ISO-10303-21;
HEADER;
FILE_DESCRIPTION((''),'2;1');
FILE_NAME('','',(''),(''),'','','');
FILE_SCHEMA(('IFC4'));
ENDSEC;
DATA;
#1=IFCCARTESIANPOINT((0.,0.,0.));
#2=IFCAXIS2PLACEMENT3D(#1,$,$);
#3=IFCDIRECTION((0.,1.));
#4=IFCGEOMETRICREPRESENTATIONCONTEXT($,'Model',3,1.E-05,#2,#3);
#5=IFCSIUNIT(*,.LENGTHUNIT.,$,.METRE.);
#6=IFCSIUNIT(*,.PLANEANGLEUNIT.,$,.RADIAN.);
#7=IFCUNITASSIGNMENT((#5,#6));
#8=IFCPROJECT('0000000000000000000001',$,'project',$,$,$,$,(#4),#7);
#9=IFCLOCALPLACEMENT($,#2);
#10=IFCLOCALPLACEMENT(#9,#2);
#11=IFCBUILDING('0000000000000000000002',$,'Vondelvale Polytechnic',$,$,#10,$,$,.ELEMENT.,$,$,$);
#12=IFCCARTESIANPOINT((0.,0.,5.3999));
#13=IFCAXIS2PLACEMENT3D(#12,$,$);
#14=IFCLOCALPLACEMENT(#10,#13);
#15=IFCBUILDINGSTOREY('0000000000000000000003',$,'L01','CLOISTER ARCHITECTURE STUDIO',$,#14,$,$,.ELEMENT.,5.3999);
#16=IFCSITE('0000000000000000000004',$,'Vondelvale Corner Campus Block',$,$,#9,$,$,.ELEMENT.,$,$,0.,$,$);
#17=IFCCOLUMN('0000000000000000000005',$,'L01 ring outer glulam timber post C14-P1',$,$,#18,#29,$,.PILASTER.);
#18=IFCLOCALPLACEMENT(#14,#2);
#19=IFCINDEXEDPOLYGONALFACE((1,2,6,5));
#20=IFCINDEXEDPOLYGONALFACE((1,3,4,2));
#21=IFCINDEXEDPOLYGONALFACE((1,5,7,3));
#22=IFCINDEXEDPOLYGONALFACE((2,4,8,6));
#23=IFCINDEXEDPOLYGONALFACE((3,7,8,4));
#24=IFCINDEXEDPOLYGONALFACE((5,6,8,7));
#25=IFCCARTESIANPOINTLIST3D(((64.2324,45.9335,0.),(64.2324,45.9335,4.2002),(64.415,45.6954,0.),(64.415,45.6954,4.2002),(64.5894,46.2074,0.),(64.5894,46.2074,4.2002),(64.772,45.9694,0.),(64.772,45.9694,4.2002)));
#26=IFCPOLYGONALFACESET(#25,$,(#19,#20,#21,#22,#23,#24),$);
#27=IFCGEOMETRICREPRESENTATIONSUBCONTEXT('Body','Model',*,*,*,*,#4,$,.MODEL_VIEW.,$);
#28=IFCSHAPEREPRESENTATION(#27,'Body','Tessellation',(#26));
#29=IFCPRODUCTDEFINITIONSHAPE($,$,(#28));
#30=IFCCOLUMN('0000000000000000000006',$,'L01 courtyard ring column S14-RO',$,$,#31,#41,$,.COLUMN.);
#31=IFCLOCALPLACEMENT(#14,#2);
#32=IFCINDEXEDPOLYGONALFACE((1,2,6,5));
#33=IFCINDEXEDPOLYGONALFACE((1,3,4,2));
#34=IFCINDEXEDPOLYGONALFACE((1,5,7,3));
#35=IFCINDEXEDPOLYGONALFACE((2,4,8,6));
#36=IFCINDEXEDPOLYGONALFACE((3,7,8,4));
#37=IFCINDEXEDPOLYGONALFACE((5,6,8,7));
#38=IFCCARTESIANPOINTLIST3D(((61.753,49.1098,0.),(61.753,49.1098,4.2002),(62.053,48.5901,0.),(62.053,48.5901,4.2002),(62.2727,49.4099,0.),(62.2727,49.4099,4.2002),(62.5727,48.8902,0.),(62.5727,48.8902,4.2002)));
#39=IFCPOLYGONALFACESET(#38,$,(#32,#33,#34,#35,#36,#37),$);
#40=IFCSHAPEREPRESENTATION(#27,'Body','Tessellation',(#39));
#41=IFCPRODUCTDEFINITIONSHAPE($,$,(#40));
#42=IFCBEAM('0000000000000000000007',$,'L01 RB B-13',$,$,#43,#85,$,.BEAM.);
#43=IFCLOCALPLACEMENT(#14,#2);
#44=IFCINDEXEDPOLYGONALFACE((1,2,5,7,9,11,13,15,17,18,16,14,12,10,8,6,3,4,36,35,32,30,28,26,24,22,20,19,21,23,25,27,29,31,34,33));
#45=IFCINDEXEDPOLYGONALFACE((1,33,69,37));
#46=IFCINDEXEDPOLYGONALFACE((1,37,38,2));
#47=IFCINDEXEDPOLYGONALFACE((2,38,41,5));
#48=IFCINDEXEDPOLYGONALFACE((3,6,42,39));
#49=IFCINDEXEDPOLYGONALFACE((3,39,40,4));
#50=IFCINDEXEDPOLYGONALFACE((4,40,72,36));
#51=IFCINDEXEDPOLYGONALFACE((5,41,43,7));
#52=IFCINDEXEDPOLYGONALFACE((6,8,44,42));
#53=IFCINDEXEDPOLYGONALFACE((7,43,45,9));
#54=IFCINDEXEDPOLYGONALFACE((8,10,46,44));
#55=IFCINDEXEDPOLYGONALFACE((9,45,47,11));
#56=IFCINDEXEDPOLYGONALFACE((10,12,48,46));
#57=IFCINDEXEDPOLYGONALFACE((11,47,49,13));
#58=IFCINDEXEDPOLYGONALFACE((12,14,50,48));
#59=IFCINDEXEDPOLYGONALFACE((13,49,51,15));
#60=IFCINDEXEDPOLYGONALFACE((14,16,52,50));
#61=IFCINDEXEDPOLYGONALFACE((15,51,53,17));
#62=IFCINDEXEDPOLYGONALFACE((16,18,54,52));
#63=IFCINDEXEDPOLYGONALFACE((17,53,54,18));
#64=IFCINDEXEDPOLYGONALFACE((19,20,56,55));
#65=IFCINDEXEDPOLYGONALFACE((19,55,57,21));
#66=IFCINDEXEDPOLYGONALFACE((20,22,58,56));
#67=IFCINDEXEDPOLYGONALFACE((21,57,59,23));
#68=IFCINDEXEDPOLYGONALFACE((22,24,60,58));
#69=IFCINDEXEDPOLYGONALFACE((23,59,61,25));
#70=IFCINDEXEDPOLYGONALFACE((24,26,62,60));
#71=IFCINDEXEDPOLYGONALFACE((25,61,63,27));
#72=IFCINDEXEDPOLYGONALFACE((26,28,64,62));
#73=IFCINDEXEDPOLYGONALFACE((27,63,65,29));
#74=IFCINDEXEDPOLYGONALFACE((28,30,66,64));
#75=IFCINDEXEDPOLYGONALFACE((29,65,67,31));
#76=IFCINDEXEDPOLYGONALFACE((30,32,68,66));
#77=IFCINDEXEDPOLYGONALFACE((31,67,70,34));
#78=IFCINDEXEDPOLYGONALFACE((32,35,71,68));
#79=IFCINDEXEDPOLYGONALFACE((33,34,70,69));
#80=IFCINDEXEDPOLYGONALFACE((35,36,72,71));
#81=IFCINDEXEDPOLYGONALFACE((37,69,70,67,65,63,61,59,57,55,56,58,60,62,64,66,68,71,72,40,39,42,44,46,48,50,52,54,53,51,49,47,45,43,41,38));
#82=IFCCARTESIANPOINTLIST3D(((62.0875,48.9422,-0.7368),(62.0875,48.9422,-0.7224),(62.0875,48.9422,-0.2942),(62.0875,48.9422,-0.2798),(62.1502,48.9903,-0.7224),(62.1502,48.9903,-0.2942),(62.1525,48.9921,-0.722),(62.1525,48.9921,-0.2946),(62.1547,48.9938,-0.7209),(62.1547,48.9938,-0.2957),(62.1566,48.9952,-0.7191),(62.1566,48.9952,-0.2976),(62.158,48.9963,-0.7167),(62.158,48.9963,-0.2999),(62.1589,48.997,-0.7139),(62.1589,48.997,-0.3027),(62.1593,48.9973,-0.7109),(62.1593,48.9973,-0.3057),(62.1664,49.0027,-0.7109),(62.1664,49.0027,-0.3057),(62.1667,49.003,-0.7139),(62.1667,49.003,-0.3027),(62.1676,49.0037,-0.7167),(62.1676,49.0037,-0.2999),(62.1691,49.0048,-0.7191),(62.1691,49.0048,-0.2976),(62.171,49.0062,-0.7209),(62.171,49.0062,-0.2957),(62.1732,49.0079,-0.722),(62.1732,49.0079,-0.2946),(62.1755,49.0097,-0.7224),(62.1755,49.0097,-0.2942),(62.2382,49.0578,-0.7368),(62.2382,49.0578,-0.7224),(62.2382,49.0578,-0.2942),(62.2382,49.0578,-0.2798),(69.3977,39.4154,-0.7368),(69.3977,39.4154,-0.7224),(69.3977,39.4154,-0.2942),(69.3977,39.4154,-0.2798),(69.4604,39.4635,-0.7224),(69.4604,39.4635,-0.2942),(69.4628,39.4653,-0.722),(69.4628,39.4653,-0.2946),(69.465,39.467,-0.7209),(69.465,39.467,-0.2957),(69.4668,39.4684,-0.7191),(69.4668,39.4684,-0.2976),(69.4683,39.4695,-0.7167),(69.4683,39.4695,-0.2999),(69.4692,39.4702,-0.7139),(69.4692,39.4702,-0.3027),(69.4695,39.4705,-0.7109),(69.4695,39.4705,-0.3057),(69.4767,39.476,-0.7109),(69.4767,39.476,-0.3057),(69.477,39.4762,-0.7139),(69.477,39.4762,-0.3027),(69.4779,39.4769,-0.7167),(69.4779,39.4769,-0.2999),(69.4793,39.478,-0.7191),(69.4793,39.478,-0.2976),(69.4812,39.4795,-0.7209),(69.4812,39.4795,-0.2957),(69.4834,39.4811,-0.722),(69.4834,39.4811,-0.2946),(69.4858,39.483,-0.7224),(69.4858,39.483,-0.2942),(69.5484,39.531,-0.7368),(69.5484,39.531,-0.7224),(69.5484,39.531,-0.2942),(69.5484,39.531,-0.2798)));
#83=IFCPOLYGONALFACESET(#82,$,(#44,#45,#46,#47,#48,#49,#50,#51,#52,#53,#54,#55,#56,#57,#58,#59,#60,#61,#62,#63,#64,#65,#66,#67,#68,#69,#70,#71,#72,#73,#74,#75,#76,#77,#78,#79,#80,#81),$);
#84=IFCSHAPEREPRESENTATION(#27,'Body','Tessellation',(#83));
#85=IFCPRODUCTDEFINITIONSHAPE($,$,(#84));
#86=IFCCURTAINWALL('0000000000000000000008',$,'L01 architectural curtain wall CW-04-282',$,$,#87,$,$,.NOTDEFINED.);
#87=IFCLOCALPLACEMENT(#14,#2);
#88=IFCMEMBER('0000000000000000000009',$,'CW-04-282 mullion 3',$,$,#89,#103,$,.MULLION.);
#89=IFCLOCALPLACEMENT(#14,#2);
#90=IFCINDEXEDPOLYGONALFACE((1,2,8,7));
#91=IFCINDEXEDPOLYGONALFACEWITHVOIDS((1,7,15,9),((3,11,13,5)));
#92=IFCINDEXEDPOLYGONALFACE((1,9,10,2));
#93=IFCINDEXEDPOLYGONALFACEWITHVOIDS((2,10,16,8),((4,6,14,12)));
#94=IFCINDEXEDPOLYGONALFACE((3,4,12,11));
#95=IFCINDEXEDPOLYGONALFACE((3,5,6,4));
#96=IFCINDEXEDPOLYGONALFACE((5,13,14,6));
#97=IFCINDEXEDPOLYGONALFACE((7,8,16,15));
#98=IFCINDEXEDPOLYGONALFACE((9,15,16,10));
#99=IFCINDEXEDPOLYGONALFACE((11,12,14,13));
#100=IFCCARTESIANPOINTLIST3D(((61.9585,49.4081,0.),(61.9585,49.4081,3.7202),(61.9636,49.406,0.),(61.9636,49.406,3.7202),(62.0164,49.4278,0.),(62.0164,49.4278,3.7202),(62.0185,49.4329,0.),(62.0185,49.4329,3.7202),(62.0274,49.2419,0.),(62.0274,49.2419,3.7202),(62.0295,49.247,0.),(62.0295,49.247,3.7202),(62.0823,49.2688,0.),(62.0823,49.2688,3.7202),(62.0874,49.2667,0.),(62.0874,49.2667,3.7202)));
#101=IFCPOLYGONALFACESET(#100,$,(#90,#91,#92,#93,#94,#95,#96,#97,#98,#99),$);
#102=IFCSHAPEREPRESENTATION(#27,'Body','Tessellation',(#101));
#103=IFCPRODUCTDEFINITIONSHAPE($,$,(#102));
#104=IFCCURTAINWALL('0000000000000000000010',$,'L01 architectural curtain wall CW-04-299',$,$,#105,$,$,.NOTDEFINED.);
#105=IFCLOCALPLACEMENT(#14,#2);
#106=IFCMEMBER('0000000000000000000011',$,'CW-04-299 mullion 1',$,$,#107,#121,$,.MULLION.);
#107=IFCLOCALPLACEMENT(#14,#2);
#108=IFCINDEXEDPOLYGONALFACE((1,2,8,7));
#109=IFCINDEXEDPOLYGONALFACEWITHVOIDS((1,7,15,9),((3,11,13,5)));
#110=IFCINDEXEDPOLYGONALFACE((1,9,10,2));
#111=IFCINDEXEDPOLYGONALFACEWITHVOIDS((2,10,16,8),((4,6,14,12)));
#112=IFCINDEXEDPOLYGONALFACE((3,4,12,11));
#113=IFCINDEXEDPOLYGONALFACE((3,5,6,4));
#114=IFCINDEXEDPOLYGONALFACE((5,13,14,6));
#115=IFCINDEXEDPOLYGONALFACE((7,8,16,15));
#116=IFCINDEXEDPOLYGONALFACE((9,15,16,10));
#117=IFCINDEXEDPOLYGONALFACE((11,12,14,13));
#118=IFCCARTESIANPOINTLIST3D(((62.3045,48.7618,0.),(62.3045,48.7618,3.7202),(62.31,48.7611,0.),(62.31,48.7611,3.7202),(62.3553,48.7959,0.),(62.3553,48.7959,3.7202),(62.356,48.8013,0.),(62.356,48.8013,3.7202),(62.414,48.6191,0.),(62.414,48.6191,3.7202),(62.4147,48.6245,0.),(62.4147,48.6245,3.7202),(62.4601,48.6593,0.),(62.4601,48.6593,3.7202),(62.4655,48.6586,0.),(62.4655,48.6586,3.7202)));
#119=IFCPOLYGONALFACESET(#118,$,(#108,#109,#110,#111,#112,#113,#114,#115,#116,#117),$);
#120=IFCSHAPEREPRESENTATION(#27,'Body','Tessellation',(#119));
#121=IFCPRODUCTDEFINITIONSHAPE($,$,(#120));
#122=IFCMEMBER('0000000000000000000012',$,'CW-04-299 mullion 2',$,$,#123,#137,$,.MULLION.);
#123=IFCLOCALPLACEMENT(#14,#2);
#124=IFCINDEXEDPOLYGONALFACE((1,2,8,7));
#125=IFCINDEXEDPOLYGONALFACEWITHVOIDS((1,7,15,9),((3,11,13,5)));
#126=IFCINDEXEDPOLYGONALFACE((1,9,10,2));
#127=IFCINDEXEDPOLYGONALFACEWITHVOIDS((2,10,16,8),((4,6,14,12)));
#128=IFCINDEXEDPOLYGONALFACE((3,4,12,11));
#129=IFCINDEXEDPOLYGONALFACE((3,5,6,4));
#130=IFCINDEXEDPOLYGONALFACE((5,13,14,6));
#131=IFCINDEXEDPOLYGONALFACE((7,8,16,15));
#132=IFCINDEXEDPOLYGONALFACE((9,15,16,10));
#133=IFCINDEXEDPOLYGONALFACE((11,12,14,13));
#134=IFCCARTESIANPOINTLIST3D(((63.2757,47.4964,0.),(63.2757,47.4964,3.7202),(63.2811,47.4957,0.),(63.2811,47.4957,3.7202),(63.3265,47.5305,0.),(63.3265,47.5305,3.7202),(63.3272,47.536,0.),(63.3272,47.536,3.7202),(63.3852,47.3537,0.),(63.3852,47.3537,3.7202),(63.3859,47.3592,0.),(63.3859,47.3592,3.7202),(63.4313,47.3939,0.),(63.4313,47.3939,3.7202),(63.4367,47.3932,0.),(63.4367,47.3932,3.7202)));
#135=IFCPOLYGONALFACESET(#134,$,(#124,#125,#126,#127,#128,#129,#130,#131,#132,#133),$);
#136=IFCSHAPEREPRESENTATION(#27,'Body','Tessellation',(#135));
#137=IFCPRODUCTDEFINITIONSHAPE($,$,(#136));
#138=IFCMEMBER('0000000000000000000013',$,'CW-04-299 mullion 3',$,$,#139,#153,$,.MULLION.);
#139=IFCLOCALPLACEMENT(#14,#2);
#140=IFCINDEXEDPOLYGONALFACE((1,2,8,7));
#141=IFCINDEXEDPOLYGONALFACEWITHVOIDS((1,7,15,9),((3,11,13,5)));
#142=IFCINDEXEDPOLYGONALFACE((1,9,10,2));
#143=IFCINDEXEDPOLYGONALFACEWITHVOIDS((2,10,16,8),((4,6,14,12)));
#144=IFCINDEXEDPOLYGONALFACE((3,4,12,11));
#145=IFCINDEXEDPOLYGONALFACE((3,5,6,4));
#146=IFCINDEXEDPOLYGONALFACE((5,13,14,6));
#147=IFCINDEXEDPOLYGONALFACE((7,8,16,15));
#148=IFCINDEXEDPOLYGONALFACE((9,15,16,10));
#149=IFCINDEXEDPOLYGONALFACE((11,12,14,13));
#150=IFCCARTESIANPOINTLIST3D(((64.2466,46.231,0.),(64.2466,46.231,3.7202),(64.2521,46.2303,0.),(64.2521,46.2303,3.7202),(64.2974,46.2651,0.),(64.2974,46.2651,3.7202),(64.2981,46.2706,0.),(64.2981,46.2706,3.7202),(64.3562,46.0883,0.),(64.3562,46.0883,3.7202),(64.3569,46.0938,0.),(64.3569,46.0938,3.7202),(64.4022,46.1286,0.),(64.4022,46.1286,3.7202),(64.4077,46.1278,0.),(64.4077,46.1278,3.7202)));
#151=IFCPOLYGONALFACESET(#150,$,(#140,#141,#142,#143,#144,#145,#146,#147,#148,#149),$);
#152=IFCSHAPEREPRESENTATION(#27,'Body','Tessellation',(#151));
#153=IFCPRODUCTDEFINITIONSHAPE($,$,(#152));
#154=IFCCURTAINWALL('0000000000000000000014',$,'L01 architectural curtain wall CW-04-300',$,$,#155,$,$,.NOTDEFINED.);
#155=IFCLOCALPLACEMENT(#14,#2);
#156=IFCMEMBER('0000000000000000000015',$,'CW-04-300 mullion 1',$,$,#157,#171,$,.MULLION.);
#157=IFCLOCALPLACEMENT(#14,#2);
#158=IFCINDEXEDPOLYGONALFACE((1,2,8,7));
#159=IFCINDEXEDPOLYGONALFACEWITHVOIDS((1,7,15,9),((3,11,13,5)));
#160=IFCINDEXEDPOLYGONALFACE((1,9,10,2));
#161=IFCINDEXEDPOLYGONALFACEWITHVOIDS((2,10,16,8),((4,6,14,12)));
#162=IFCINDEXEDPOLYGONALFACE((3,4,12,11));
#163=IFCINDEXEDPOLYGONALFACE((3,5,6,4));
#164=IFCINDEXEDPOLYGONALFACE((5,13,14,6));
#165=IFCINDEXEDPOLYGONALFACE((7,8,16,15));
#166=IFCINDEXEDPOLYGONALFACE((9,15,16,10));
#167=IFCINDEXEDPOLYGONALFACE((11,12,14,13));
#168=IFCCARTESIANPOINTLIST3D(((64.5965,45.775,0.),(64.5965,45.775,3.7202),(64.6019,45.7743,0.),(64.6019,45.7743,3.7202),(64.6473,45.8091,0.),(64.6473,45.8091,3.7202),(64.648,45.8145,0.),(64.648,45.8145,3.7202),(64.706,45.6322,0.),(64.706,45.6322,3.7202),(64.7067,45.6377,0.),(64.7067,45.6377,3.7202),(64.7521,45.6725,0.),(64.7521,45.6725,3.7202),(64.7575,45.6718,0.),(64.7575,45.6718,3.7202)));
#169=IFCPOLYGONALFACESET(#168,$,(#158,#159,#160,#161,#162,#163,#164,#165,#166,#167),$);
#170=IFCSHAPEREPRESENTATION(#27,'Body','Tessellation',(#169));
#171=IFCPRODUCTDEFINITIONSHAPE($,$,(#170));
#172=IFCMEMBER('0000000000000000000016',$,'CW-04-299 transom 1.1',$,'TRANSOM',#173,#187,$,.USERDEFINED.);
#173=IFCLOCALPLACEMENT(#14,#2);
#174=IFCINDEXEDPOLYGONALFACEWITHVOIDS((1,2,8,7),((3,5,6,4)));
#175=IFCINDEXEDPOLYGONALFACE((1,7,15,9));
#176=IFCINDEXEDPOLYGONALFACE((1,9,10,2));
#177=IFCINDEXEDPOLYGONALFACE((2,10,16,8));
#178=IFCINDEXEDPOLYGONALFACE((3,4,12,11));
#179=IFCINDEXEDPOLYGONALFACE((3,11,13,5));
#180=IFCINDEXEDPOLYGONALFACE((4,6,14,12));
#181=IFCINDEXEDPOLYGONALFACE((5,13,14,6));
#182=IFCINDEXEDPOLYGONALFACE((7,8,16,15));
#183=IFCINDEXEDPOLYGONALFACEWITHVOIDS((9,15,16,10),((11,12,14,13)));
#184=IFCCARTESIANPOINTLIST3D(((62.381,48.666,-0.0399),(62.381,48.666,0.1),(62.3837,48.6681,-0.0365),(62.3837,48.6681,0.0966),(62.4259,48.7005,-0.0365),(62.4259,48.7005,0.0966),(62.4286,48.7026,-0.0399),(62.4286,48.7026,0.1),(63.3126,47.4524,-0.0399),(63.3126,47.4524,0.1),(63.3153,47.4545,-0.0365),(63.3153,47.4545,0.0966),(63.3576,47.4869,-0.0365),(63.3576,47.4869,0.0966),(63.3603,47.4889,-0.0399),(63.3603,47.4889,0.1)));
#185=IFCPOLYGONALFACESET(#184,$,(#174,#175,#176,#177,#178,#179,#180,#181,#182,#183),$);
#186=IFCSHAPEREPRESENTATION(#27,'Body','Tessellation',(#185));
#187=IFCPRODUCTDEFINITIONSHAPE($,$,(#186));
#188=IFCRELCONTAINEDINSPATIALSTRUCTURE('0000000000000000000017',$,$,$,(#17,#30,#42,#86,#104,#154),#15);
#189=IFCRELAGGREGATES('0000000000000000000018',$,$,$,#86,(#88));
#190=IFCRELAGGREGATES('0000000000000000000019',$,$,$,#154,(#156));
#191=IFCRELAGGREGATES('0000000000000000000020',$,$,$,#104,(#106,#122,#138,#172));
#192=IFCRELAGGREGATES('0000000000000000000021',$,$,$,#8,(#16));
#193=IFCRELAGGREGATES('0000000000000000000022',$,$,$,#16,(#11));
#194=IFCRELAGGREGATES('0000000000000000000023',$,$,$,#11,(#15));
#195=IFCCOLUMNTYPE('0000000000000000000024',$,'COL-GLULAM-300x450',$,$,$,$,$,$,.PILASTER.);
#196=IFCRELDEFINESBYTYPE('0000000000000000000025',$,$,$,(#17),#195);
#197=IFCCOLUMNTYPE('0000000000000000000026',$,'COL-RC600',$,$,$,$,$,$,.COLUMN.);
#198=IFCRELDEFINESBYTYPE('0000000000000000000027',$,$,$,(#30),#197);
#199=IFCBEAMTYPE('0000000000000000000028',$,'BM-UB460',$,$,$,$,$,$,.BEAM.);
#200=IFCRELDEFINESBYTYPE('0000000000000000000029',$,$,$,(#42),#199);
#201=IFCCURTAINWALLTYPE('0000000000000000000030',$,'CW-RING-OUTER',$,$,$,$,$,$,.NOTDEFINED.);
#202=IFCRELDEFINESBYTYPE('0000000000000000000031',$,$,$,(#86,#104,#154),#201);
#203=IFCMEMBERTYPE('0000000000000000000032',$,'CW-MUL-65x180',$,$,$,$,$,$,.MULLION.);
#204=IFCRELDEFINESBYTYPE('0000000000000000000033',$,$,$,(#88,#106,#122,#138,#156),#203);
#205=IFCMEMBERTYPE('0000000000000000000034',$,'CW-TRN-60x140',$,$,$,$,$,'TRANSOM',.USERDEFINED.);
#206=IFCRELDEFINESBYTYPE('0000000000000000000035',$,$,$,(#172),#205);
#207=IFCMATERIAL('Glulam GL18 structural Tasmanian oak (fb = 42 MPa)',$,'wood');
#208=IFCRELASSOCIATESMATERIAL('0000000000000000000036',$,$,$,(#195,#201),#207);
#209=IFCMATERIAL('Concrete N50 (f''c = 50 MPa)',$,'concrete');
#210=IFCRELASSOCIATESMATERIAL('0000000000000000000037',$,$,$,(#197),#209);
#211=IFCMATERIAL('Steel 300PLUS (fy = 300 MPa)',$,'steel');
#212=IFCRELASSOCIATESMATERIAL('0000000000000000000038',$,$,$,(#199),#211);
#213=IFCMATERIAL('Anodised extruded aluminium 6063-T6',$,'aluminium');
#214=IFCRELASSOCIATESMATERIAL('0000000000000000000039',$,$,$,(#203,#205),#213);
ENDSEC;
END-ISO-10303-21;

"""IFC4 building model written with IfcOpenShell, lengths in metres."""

from ifc_helpers import new_model, si_unit, direction, frame, origin, origin_2d, place, context, subcontext, project, spatial, rectangle, hollow_rectangle, i_section, extrude, material, material_profile, profile_set, type_object, element, aggregate, save


model = new_model("IFC4")

# Units and contexts
model_context = context("Model", 3, precision=1e-05, world=origin(), true_north=direction((0.0, 1.0)))
body_context = subcontext(model_context, "Body", "Model", "MODEL_VIEW")
ifc_project = project(units=[si_unit("LENGTHUNIT", "METRE"), si_unit("PLANEANGLEUNIT", "RADIAN")], contexts=[model_context])

# Site, building, storey
site_placement = place(None, origin())
site = spatial("IfcSite", under=ifc_project, at=site_placement, Name="Vondelvale Corner Campus Block", CompositionType="ELEMENT", RefElevation=0.0)
building_placement = place(site_placement, origin())
building = spatial("IfcBuilding", under=site, at=building_placement, Name="Vondelvale Polytechnic", CompositionType="ELEMENT")
storey_placement = place(building_placement, frame((0.0, 0.0, 5.3999)))
storey = spatial("IfcBuildingStorey", under=building, at=storey_placement, Name="L01", Description="CLOISTER ARCHITECTURE STUDIO", CompositionType="ELEMENT", Elevation=5.3999)

# Columns
ifc_material_1 = material(Name="Glulam GL18 structural Tasmanian oak (fb = 42 MPa)", Category="wood")
ifc_material_profile_1 = material_profile(ifc_material_1, rectangle(XDim=0.3, YDim=0.45, at=origin_2d()), Name="GL-POST-300x450")
ifc_profile_set_1 = profile_set([ifc_material_profile_1], Name="Glulam GL18 structural Tasmanian oak (fb = 42 MPa)")
column_type_1 = type_object("IfcColumnType", Name="COL-GLULAM-300x450", PredefinedType="PILASTER", material=ifc_profile_set_1)
column_1_placement = place(storey_placement, frame((64.5022, 45.9514, 0.0), z_axis=(0.0, 0.0, 1.0), x_axis=(-0.608761, 0.793353, 0.0)))
element("IfcColumn", 1, at=column_1_placement, inside=storey, type_object=column_type_1, Name="L01 ring outer glulam timber post C14-P1", PredefinedType="PILASTER", context=body_context, shape_type="SweptSolid", body=[
    extrude(rectangle(XDim=0.3, YDim=0.45, at=origin_2d()), origin(), (0.0, 0.0, 1.0), 4.2002),
])
ifc_material_2 = material(Name="Concrete N50 (f'c = 50 MPa)", Category="concrete")
ifc_material_profile_2 = material_profile(ifc_material_2, rectangle(XDim=0.6001, YDim=0.6001, at=origin_2d()), Name="RC-COL-600x600")
ifc_profile_set_2 = profile_set([ifc_material_profile_2], Name="Concrete N50 (f'c = 50 MPa)")
column_type_2 = type_object("IfcColumnType", Name="COL-RC600", PredefinedType="COLUMN", material=ifc_profile_set_2)
column_2_placement = place(storey_placement, frame((62.1628, 49.0, 0.0), z_axis=(0.0, 0.0, 1.0), x_axis=(0.866025, 0.5, 0.0)))
element("IfcColumn", 2, at=column_2_placement, inside=storey, type_object=column_type_2, Name="L01 courtyard ring column S14-RO", PredefinedType="COLUMN", context=body_context, shape_type="SweptSolid", body=[
    extrude(rectangle(XDim=0.6001, YDim=0.6001, at=origin_2d()), origin(), (0.0, 0.0, 1.0), 4.2002),
])

# Beam
ifc_material_3 = material(Name="Steel 300PLUS (fy = 300 MPa)", Category="steel")
ifc_material_profile_3 = material_profile(ifc_material_3, i_section(OverallWidth=0.1899, OverallDepth=0.457, WebThickness=0.009, FlangeThickness=0.0144, FilletRadius=0.0115, at=origin_2d()), Name="460UB74.6")
ifc_profile_set_3 = profile_set([ifc_material_profile_3], Name="Steel 300PLUS (fy = 300 MPa)")
beam_type = type_object("IfcBeamType", Name="BM-UB460", PredefinedType="BEAM", material=ifc_profile_set_3)
beam_placement = place(storey_placement, frame((62.1628, 49.0, -0.5083), z_axis=(0.608766, -0.79335, 0.0), x_axis=(0.79335, 0.608766, 0.0)))
element("IfcBeam", 3, at=beam_placement, inside=storey, type_object=beam_type, Name="L01 RB B-13", PredefinedType="BEAM", context=body_context, shape_type="SweptSolid", body=[
    extrude(i_section(OverallWidth=0.1899, OverallDepth=0.457, WebThickness=0.009, FlangeThickness=0.0144, FilletRadius=0.0115, at=origin_2d()), origin(), (0.0, 0.0, 1.0), 12.0083),
])

# Curtain wall, member
curtain_wall_type = type_object("IfcCurtainWallType", Name="CW-RING-OUTER", PredefinedType="NOTDEFINED", material=ifc_material_1)
curtain_wall_1_placement = place(storey_placement, origin())
curtain_wall_1 = element("IfcCurtainWall", 4, at=curtain_wall_1_placement, inside=storey, type_object=curtain_wall_type, Name="L01 architectural curtain wall CW-04-282", PredefinedType="NOTDEFINED")
ifc_material_4 = material(Name="Anodised extruded aluminium 6063-T6", Category="aluminium")
ifc_material_profile_4 = material_profile(ifc_material_4, hollow_rectangle(XDim=0.0649, YDim=0.1799, WallThickness=0.0039, at=origin_2d()), Name="CW-MUL-180x65")
ifc_profile_set_4 = profile_set([ifc_material_profile_4], Name="Anodised extruded aluminium 6063-T6")
member_type_1 = type_object("IfcMemberType", Name="CW-MUL-65x180", PredefinedType="MULLION", material=ifc_profile_set_4)
member_1_placement = place(storey_placement, frame((62.0229, 49.3374, 0.0), z_axis=(0.0, 0.0, 1.0), x_axis=(0.923882, 0.382677, 0.0)))
member_1 = element("IfcMember", 5, at=member_1_placement, type_object=member_type_1, Name="CW-04-282 mullion 3", PredefinedType="MULLION", context=body_context, shape_type="SweptSolid", body=[
    extrude(hollow_rectangle(XDim=0.0649, YDim=0.1799, WallThickness=0.0039, at=origin_2d()), origin(), (0.0, 0.0, 1.0), 3.7202),
])

# Curtain wall, members
curtain_wall_2_placement = place(storey_placement, origin())
curtain_wall_2 = element("IfcCurtainWall", 6, at=curtain_wall_2_placement, inside=storey, type_object=curtain_wall_type, Name="L01 architectural curtain wall CW-04-299", PredefinedType="NOTDEFINED")
member_2_placement = place(storey_placement, frame((62.385, 48.7102, 0.0), z_axis=(0.0, 0.0, 1.0), x_axis=(0.793334, 0.608787, 0.0)))
member_2 = element("IfcMember", 7, at=member_2_placement, type_object=member_type_1, Name="CW-04-299 mullion 1", PredefinedType="MULLION", context=body_context, shape_type="SweptSolid", body=[
    extrude(hollow_rectangle(XDim=0.0649, YDim=0.1799, WallThickness=0.0039, at=origin_2d()), origin(), (0.0, 0.0, 1.0), 3.7202),
])
member_3_placement = place(storey_placement, frame((63.3562, 47.4448, 0.0), z_axis=(0.0, 0.0, 1.0), x_axis=(0.793334, 0.608787, 0.0)))
member_3 = element("IfcMember", 8, at=member_3_placement, type_object=member_type_1, Name="CW-04-299 mullion 2", PredefinedType="MULLION", context=body_context, shape_type="SweptSolid", body=[
    extrude(hollow_rectangle(XDim=0.0649, YDim=0.1799, WallThickness=0.0039, at=origin_2d()), origin(), (0.0, 0.0, 1.0), 3.7202),
])
member_4_placement = place(storey_placement, frame((64.3271, 46.1794, 0.0), z_axis=(0.0, 0.0, 1.0), x_axis=(0.793334, 0.608787, 0.0)))
member_4 = element("IfcMember", 9, at=member_4_placement, type_object=member_type_1, Name="CW-04-299 mullion 3", PredefinedType="MULLION", context=body_context, shape_type="SweptSolid", body=[
    extrude(hollow_rectangle(XDim=0.0649, YDim=0.1799, WallThickness=0.0039, at=origin_2d()), origin(), (0.0, 0.0, 1.0), 3.7202),
])

# Curtain wall, member
curtain_wall_3_placement = place(storey_placement, origin())
curtain_wall_3 = element("IfcCurtainWall", 10, at=curtain_wall_3_placement, inside=storey, type_object=curtain_wall_type, Name="L01 architectural curtain wall CW-04-300", PredefinedType="NOTDEFINED")
member_5_placement = place(storey_placement, frame((64.677, 45.7234, 0.0), z_axis=(0.0, 0.0, 1.0), x_axis=(0.793346, 0.608771, 0.0)))
member_5 = element("IfcMember", 11, at=member_5_placement, type_object=member_type_1, Name="CW-04-300 mullion 1", PredefinedType="MULLION", context=body_context, shape_type="SweptSolid", body=[
    extrude(hollow_rectangle(XDim=0.0649, YDim=0.1799, WallThickness=0.0039, at=origin_2d()), origin(), (0.0, 0.0, 1.0), 3.7202),
])

# Member
ifc_material_profile_5 = material_profile(ifc_material_4, hollow_rectangle(XDim=0.0601, YDim=0.1399, WallThickness=0.0034, at=origin_2d()), Name="CW-TRN-140x60")
ifc_profile_set_5 = profile_set([ifc_material_profile_5], Name="Anodised extruded aluminium 6063-T6")
member_type_2 = type_object("IfcMemberType", Name="CW-TRN-60x140", ElementType="TRANSOM", PredefinedType="USERDEFINED", material=ifc_profile_set_5)
member_6_placement = place(storey_placement, frame((62.4048, 48.6843, 0.03), z_axis=(0.608924, -0.793229, 0.0), x_axis=(0.793229, 0.608924, 0.0)))
member_6 = element("IfcMember", 12, at=member_6_placement, type_object=member_type_2, Name="CW-04-299 transom 1.1", ObjectType="TRANSOM", PredefinedType="USERDEFINED", context=body_context, shape_type="SweptSolid", body=[
    extrude(hollow_rectangle(XDim=0.0601, YDim=0.1399, WallThickness=0.0034, at=origin_2d()), origin(), (0.0, 0.0, 1.0), 1.53),
])

aggregate(curtain_wall_1, [member_1])
aggregate(curtain_wall_3, [member_5])
aggregate(curtain_wall_2, [member_2, member_3, member_4, member_6])

save(model, "model.ifc")
